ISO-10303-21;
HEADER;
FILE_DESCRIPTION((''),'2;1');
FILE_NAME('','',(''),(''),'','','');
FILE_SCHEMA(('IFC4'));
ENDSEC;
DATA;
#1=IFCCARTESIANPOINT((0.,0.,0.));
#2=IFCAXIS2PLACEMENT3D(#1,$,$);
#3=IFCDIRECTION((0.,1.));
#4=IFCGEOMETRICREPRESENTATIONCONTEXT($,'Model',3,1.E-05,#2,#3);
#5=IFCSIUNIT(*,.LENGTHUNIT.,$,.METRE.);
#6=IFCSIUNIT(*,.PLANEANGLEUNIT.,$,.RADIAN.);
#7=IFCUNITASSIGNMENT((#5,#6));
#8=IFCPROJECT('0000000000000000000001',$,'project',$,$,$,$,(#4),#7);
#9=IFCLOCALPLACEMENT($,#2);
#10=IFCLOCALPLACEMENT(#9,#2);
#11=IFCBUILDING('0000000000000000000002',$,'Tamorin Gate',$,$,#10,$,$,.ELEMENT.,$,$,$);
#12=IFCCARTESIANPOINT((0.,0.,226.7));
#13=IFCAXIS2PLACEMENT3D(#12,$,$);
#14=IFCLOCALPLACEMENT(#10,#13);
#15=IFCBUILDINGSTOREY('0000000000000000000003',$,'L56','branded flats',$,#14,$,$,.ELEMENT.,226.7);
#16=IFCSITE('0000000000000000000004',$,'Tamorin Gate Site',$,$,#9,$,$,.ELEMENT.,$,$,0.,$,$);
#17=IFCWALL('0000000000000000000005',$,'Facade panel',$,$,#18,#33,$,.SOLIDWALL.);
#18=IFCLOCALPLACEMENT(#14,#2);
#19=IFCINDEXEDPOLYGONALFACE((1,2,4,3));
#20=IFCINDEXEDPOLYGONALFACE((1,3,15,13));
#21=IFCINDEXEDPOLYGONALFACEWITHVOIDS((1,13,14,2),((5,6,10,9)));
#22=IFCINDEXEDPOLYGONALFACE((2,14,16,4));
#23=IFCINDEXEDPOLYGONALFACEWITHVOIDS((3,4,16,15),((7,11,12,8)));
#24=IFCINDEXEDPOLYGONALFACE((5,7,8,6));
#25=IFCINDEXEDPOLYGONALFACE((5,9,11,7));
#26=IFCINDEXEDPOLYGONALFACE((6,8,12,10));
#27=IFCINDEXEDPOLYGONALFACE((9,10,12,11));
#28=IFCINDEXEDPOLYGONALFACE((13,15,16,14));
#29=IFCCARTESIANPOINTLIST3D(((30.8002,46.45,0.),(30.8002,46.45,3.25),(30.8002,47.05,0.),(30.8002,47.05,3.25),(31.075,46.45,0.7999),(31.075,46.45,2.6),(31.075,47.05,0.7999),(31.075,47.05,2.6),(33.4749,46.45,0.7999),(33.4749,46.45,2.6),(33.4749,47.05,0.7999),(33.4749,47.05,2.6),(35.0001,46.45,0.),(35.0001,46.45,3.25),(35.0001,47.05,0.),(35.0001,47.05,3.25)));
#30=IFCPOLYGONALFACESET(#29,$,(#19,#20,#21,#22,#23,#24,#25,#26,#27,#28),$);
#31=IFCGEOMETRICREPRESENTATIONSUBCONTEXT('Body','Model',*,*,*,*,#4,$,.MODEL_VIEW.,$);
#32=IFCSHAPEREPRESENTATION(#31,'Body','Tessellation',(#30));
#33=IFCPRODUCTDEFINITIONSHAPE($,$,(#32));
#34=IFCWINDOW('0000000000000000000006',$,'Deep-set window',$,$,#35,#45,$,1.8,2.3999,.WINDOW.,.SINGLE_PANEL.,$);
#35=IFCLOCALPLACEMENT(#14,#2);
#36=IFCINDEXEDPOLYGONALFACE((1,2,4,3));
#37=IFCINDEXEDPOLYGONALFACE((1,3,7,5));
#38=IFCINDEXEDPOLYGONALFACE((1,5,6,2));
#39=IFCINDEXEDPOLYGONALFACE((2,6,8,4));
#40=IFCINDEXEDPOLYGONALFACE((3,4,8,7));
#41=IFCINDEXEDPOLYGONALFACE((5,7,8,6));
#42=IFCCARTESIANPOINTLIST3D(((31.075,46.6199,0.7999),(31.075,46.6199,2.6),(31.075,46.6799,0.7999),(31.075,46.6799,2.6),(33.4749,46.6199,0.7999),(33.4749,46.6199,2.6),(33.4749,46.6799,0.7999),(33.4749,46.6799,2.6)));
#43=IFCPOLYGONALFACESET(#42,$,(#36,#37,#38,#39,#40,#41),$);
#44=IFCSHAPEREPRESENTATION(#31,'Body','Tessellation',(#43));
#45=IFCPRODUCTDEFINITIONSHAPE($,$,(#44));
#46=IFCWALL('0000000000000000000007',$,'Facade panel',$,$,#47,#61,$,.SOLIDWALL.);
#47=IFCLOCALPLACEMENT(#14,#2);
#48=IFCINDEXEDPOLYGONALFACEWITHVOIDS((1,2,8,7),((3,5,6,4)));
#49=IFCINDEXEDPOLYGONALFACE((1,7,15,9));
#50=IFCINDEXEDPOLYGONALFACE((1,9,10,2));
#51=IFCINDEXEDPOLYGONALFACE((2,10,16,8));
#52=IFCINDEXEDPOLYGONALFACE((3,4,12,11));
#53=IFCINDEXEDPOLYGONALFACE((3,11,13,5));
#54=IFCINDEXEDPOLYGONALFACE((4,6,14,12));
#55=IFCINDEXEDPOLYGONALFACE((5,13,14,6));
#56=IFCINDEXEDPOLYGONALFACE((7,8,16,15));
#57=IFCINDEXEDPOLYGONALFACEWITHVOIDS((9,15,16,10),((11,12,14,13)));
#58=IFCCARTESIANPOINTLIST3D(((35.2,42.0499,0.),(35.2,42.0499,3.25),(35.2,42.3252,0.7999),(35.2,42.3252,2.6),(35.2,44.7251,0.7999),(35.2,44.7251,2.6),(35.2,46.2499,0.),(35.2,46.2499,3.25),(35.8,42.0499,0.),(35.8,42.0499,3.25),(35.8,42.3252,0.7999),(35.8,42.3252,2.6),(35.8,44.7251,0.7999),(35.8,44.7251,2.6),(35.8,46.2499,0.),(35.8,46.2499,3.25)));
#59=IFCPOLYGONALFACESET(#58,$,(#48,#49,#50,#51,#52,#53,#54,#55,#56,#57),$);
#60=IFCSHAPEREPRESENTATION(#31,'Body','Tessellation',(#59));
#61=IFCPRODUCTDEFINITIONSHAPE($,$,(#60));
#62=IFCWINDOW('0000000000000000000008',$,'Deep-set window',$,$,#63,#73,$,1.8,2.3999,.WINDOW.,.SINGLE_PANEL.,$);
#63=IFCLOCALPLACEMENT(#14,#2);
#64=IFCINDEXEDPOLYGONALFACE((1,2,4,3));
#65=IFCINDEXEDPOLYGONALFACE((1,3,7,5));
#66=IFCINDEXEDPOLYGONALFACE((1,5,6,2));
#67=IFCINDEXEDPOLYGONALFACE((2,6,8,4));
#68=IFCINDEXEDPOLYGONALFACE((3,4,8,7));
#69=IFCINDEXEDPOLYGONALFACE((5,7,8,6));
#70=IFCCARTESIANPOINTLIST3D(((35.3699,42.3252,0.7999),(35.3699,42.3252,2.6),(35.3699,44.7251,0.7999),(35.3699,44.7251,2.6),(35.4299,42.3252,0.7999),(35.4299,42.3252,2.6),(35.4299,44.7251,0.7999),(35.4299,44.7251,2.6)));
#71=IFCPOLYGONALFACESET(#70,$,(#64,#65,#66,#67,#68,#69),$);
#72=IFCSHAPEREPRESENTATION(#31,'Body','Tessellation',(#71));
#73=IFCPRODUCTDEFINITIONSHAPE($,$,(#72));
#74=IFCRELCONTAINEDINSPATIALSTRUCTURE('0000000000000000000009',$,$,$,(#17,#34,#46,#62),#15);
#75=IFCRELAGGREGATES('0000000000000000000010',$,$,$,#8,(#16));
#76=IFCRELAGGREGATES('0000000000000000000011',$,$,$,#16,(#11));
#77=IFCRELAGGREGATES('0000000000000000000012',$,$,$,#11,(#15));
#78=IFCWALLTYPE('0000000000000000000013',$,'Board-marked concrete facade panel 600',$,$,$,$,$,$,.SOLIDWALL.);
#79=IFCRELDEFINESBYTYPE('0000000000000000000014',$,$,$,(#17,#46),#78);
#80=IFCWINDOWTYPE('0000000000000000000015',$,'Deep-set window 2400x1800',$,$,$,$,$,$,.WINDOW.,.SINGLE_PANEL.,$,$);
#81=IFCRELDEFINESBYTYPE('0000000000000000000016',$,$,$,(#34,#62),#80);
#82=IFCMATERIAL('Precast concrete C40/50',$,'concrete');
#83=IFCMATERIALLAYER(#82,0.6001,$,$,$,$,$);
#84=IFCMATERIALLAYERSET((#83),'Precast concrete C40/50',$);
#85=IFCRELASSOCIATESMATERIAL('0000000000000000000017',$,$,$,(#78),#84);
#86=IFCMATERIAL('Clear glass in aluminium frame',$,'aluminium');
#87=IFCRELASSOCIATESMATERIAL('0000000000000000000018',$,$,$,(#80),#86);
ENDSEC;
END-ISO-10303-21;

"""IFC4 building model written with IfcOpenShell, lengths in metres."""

from ifc_helpers import new_model, si_unit, direction, frame, frame_2d, origin, place, context, subcontext, project, spatial, rectangle, extrude, material, layer, layer_set, type_object, element, fill, save


model = new_model("IFC4")

# Units and contexts
model_context = context("Model", 3, precision=1e-05, world=origin(), true_north=direction((0.0, 1.0)))
body_context = subcontext(model_context, "Body", "Model", "MODEL_VIEW")
ifc_project = project(units=[si_unit("LENGTHUNIT", "METRE"), si_unit("PLANEANGLEUNIT", "RADIAN")], contexts=[model_context])

# Site, building, storey
site_placement = place(None, origin())
site = spatial("IfcSite", under=ifc_project, at=site_placement, Name="Tamorin Gate Site", CompositionType="ELEMENT", RefElevation=0.0)
building_placement = place(site_placement, origin())
building = spatial("IfcBuilding", under=site, at=building_placement, Name="Tamorin Gate", CompositionType="ELEMENT")
storey_placement = place(building_placement, frame((0.0, 0.0, 226.7)))
storey = spatial("IfcBuildingStorey", under=building, at=storey_placement, Name="L56", Description="branded flats", CompositionType="ELEMENT", Elevation=226.7)

# Shared definitions
ifc_material_1 = material(Name="Precast concrete C40/50", Category="concrete")
ifc_layer_1 = layer(ifc_material_1, 0.6001)
ifc_layer_set_1 = layer_set([ifc_layer_1], Name="Precast concrete C40/50")
wall_type_1 = type_object("IfcWallType", Name="Board-marked concrete facade panel 600", PredefinedType="SOLIDWALL", material=ifc_layer_set_1)
ifc_material_2 = material(Name="Clear glass in aluminium frame", Category="aluminium")
window_type = type_object("IfcWindowType", Name="Deep-set window 2400x1800", PartitioningType="SINGLE_PANEL", PredefinedType="WINDOW", material=ifc_material_2)

# Walls, openings, windows
wall_1_placement = place(storey_placement, frame((30.8, 46.75, 0.0), z_axis=(0.0, 0.0, 1.0), x_axis=(1.0, 0.0, 0.0)))
wall_1 = element("IfcWall", 1, at=wall_1_placement, inside=storey, type_object=wall_type_1, Name="Facade panel", PredefinedType="SOLIDWALL", context=body_context, shape_type="SweptSolid", body=[
    extrude(rectangle(XDim=4.2, YDim=0.6001, at=frame_2d((2.1001, 0.0))), origin(), (0.0, 0.0, 1.0), 3.25),
])
opening_1_placement = place(wall_1_placement, frame((0.2749, 0.0, 0.8)))
opening_1 = element("IfcOpeningElement", 2, at=opening_1_placement, cuts=wall_1, PredefinedType="OPENING", context=body_context, shape_type="SweptSolid", body=[
    extrude(rectangle(XDim=2.3999, YDim=1.8, at=frame_2d((1.2, 0.8999))), frame((0.0, 0.3101, 0.0), z_axis=(0.0, -1.0, 0.0), x_axis=(1.0, 0.0, 0.0)), (0.0, 0.0, 1.0), 0.6201),
])
window_1_placement = place(opening_1_placement, origin())
window_1 = element("IfcWindow", 3, at=window_1_placement, inside=storey, type_object=window_type, Name="Deep-set window", OverallHeight=1.8, OverallWidth=2.3999, PartitioningType="SINGLE_PANEL", PredefinedType="WINDOW", context=body_context, shape_type="SweptSolid", body=[
    extrude(rectangle(XDim=2.3999, YDim=1.8, at=frame_2d((1.2, 0.8999))), frame((0.0, -0.0701, 0.0), z_axis=(0.0, -1.0, 0.0), x_axis=(1.0, 0.0, 0.0)), (0.0, 0.0, 1.0), 0.0601),
])
fill(opening_1, window_1)
wall_2_placement = place(storey_placement, frame((35.5, 46.25, 0.0), z_axis=(0.0, 0.0, 1.0), x_axis=(0.0, -1.0, 0.0)))
wall_2 = element("IfcWall", 4, at=wall_2_placement, inside=storey, type_object=wall_type_1, Name="Facade panel", PredefinedType="SOLIDWALL", context=body_context, shape_type="SweptSolid", body=[
    extrude(rectangle(XDim=4.2, YDim=0.6001, at=frame_2d((2.1001, 0.0))), origin(), (0.0, 0.0, 1.0), 3.25),
])
opening_2_placement = place(wall_2_placement, frame((1.5249, 0.0, 0.8)))
opening_2 = element("IfcOpeningElement", 5, at=opening_2_placement, cuts=wall_2, PredefinedType="OPENING", context=body_context, shape_type="SweptSolid", body=[
    extrude(rectangle(XDim=2.3999, YDim=1.8, at=frame_2d((1.2, 0.8999))), frame((0.0, 0.3101, 0.0), z_axis=(0.0, -1.0, 0.0), x_axis=(1.0, 0.0, 0.0)), (0.0, 0.0, 1.0), 0.6201),
])
window_2_placement = place(opening_2_placement, origin())
window_2 = element("IfcWindow", 6, at=window_2_placement, inside=storey, type_object=window_type, Name="Deep-set window", OverallHeight=1.8, OverallWidth=2.3999, PartitioningType="SINGLE_PANEL", PredefinedType="WINDOW", context=body_context, shape_type="SweptSolid", body=[
    extrude(rectangle(XDim=2.3999, YDim=1.8, at=frame_2d((1.2, 0.8999))), frame((0.0, -0.0701, 0.0), z_axis=(0.0, -1.0, 0.0), x_axis=(1.0, 0.0, 0.0)), (0.0, 0.0, 1.0), 0.0601),
])
fill(opening_2, window_2)

save(model, "model.ifc")
